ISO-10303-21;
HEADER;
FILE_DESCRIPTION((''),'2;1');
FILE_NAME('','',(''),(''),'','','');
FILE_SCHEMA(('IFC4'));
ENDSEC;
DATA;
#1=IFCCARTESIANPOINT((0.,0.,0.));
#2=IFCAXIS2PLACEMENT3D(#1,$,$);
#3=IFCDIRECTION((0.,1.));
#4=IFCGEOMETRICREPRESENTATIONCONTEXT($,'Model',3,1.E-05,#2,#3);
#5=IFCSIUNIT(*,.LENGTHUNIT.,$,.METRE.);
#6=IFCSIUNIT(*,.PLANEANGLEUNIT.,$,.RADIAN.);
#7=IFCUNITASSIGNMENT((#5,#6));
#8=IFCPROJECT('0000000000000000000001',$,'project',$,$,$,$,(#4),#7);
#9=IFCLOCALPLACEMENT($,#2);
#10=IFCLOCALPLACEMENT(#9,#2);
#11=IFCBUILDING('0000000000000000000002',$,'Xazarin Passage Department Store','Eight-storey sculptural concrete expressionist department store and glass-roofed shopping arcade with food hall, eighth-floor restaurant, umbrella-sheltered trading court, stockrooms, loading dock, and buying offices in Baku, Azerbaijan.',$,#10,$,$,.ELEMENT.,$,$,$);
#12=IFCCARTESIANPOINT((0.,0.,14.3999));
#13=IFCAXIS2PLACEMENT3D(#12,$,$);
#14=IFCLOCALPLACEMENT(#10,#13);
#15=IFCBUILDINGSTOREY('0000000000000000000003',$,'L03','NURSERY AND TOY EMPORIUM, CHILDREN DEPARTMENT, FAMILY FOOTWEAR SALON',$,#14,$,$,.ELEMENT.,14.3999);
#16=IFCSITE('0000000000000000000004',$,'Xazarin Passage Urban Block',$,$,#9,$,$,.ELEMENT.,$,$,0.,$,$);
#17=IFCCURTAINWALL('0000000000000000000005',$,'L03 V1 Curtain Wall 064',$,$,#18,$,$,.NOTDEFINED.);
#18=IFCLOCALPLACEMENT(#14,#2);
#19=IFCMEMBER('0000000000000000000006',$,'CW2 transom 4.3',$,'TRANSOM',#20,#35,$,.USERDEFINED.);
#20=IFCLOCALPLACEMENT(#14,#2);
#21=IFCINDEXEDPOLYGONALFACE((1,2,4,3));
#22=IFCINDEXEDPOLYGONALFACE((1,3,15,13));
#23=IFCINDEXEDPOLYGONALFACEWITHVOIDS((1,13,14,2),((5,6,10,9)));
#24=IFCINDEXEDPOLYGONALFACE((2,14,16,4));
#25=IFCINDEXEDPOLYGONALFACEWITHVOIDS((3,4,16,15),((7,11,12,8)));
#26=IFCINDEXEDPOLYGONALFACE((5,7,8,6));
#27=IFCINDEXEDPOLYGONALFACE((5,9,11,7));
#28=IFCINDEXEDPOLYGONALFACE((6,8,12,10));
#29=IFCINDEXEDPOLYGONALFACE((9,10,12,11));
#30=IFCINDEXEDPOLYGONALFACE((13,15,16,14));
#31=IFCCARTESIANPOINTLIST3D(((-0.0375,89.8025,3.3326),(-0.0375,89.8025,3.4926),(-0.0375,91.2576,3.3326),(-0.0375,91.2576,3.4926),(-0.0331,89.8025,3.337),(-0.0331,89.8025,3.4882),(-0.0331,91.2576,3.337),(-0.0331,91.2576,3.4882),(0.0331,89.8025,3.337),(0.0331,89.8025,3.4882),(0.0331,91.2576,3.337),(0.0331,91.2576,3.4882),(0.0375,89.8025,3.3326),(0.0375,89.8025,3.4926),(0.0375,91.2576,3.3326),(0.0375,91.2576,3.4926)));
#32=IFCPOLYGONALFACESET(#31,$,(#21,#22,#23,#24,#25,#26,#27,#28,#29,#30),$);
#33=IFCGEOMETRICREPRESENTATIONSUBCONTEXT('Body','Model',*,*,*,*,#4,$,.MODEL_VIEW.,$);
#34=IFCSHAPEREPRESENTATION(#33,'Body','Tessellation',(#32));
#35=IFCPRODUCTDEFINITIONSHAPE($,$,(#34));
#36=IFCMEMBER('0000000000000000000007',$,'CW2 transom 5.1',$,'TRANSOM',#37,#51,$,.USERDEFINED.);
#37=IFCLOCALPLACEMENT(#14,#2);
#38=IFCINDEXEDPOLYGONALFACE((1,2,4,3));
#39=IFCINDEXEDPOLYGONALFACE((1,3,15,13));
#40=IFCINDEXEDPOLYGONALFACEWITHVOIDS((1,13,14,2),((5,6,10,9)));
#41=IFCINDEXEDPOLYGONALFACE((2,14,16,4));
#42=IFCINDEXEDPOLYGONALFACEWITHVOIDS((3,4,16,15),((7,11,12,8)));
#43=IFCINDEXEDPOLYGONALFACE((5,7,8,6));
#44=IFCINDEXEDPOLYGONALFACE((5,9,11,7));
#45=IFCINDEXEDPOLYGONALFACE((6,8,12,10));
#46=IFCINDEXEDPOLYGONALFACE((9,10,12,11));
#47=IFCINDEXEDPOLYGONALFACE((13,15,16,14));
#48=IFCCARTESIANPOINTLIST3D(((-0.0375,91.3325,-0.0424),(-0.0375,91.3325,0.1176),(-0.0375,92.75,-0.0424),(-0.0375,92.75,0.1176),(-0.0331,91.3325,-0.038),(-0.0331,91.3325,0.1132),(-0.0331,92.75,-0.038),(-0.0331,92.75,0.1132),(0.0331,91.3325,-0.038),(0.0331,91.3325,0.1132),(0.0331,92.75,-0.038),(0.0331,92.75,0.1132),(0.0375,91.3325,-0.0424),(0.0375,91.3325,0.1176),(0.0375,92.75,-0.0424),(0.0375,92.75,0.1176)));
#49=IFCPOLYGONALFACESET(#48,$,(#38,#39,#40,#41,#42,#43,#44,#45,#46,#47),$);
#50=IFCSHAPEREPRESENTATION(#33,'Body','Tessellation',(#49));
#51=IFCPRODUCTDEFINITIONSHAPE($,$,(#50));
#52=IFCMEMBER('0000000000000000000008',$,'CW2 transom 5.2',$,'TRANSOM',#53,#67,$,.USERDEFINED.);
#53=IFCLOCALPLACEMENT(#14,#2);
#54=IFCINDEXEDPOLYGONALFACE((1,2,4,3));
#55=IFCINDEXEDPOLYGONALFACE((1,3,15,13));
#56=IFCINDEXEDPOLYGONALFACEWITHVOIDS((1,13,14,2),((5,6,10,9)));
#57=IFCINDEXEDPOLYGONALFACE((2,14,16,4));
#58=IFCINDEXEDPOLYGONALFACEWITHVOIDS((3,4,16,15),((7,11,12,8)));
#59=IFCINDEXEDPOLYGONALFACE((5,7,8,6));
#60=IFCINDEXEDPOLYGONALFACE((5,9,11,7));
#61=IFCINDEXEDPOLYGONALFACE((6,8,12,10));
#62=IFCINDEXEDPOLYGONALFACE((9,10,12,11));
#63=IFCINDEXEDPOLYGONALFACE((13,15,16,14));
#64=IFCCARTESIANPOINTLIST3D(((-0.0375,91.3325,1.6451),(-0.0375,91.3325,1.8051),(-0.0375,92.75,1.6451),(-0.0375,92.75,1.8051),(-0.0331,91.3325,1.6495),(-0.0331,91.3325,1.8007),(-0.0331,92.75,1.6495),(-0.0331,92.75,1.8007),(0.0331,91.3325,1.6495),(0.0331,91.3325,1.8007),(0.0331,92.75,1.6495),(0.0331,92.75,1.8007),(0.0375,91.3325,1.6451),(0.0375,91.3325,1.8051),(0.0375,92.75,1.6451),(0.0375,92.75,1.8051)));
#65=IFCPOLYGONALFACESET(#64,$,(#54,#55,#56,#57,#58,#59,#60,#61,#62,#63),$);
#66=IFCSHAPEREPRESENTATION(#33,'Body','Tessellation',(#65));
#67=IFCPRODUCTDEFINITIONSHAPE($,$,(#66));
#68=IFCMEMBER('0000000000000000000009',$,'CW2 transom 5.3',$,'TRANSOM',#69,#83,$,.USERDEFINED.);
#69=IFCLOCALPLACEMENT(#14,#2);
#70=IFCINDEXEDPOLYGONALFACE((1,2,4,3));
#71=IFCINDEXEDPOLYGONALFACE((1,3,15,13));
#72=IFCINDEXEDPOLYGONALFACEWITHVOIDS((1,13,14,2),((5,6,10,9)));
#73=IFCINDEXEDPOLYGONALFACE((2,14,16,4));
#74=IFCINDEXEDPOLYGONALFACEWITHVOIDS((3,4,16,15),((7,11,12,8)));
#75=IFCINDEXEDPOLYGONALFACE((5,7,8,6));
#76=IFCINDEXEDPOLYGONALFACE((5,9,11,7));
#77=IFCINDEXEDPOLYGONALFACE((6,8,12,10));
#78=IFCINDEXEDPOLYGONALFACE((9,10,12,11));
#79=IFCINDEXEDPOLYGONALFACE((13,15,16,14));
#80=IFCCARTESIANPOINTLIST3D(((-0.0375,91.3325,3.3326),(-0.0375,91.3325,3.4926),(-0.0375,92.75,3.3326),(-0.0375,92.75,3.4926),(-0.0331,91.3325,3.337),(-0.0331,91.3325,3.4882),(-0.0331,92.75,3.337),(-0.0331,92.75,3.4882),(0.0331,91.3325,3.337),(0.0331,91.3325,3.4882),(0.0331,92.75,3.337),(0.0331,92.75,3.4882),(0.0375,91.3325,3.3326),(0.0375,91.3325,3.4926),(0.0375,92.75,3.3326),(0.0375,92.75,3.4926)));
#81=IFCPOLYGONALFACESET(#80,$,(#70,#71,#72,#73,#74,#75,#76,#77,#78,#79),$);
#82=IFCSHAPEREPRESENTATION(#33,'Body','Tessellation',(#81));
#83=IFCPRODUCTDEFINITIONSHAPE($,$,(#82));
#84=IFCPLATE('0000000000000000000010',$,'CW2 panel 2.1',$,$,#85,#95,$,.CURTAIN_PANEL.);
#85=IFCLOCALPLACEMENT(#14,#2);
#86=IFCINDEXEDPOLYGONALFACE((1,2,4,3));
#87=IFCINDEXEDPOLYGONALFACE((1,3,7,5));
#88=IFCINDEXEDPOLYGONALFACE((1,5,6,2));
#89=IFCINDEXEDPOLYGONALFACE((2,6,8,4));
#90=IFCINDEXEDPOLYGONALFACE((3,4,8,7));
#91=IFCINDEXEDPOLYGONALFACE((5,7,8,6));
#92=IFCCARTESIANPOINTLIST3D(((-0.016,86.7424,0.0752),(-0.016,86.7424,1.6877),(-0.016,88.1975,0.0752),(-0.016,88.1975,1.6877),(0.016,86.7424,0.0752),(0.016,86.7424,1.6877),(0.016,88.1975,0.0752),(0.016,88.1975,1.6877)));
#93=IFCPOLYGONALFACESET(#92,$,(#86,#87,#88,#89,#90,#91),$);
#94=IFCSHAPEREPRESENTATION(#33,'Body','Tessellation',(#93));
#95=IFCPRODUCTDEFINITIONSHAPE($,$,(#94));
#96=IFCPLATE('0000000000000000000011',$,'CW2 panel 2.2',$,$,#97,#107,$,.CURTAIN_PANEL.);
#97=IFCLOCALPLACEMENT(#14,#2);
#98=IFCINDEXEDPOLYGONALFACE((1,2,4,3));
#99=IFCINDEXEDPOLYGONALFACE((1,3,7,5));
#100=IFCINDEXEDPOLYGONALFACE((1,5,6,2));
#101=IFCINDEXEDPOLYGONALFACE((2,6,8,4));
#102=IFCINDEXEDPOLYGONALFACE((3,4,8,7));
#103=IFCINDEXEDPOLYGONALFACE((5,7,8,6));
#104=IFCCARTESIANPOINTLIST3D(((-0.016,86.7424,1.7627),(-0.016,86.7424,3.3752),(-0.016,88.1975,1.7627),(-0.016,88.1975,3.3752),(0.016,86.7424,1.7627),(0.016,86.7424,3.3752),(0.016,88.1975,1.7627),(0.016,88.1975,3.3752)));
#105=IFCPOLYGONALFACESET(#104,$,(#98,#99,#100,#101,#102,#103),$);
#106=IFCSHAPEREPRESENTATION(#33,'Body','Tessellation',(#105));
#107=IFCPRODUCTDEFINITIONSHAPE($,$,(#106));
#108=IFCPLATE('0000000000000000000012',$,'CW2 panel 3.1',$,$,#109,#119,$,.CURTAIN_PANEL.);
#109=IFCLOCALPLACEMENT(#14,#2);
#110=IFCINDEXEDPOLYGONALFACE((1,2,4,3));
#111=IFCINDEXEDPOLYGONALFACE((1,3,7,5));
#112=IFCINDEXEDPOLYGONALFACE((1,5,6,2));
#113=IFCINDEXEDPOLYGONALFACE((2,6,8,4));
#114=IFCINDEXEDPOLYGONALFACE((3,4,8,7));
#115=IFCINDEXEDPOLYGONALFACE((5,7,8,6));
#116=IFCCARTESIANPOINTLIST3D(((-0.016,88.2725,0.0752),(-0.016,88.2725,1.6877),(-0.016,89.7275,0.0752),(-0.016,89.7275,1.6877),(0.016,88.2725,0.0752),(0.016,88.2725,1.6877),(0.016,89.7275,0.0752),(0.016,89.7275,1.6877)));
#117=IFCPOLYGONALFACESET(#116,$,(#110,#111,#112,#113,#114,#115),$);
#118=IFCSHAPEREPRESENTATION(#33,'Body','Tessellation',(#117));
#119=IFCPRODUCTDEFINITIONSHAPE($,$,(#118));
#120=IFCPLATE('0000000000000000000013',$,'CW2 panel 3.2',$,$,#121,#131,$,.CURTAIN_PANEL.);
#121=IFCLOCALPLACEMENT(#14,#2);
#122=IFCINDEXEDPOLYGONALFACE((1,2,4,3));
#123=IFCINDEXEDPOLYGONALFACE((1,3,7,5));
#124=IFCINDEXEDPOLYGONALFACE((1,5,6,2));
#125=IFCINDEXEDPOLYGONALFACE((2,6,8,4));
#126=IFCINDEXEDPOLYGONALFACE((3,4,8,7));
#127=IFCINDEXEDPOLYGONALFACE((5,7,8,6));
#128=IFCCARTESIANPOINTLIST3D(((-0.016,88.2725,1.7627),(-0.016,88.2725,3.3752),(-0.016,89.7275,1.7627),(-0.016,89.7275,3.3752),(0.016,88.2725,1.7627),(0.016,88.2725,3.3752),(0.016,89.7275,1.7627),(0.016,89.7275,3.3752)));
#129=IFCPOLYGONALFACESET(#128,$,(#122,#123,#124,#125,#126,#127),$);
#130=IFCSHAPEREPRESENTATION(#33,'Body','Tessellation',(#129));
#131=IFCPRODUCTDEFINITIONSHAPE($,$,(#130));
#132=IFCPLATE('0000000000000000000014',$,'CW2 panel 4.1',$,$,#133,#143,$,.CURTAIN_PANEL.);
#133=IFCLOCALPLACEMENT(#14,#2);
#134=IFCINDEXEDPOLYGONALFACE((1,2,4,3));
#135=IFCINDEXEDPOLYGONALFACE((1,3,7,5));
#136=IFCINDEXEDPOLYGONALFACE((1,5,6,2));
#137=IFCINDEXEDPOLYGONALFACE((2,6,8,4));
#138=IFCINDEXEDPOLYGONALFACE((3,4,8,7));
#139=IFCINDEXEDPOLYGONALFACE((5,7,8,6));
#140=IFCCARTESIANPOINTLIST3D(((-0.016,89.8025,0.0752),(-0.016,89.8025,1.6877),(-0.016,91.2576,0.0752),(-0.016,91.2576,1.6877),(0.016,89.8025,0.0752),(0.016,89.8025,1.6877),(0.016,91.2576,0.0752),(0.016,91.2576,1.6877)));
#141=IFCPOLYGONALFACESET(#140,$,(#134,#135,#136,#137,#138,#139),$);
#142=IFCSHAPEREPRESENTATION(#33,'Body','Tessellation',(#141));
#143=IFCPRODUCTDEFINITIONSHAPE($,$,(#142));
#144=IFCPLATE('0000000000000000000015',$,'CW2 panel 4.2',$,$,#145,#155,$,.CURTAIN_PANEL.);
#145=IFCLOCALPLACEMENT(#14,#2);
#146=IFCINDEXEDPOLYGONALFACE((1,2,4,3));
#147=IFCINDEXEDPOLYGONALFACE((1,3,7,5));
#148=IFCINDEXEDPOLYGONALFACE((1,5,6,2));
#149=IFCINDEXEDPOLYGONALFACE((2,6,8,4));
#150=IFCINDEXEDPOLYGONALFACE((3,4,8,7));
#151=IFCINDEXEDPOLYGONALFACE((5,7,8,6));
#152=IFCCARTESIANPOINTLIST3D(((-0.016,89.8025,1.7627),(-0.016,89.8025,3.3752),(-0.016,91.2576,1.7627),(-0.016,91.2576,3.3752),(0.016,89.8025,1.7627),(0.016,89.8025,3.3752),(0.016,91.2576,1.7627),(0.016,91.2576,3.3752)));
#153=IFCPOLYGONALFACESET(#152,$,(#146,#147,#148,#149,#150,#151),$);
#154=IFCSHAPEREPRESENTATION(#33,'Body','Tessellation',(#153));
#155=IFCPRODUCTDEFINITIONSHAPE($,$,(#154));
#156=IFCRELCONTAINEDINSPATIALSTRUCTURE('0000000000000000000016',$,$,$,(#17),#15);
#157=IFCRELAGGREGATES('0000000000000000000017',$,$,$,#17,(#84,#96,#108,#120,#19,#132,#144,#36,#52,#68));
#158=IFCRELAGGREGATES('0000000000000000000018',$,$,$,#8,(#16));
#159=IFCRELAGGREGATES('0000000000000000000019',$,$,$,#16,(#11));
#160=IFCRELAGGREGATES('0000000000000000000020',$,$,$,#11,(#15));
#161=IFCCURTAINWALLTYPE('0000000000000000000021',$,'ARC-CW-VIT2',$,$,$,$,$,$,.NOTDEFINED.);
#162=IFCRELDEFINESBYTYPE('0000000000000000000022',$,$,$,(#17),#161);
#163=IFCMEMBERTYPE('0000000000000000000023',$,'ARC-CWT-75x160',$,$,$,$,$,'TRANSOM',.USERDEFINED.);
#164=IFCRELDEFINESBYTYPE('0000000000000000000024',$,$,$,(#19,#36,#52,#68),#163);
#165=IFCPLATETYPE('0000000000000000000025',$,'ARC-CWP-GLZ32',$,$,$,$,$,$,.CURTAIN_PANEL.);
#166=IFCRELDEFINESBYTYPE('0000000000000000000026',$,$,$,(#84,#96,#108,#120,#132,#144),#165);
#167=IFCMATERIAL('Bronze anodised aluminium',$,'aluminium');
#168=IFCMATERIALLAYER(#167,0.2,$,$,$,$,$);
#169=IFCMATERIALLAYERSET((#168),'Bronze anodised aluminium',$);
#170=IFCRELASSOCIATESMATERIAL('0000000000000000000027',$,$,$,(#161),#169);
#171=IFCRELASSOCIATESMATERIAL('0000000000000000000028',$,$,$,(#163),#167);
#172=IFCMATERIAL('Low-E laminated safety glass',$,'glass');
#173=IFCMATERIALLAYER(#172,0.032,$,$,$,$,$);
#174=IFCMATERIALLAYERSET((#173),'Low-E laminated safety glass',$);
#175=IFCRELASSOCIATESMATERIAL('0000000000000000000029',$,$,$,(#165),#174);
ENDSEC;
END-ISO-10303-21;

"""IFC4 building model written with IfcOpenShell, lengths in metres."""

from ifc_helpers import new_model, si_unit, direction, frame, origin, origin_2d, place, context, subcontext, project, spatial, rectangle, hollow_rectangle, extrude, material, layer, layer_set, material_profile, profile_set, type_object, element, aggregate, save


model = new_model("IFC4")

# Units and contexts
model_context = context("Model", 3, precision=1e-05, world=origin(), true_north=direction((0.0, 1.0)))
body_context = subcontext(model_context, "Body", "Model", "MODEL_VIEW")
ifc_project = project(units=[si_unit("LENGTHUNIT", "METRE"), si_unit("PLANEANGLEUNIT", "RADIAN")], contexts=[model_context])

# Site, building, storey
site_placement = place(None, origin())
site = spatial("IfcSite", under=ifc_project, at=site_placement, Name="Xazarin Passage Urban Block", CompositionType="ELEMENT", RefElevation=0.0)
building_placement = place(site_placement, origin())
building = spatial("IfcBuilding", under=site, at=building_placement, Name="Xazarin Passage Department Store", Description="Eight-storey sculptural concrete expressionist department store and glass-roofed shopping arcade with food hall, eighth-floor restaurant, umbrella-sheltered trading court, stockrooms, loading dock, and buying offices in Baku, Azerbaijan.", CompositionType="ELEMENT")
storey_placement = place(building_placement, frame((0.0, 0.0, 14.3999)))
storey = spatial("IfcBuildingStorey", under=building, at=storey_placement, Name="L03", Description="NURSERY AND TOY EMPORIUM, CHILDREN DEPARTMENT, FAMILY FOOTWEAR SALON", CompositionType="ELEMENT", Elevation=14.3999)

# Curtain wall, members, plates
ifc_material_1 = material(Name="Bronze anodised aluminium", Category="aluminium")
ifc_layer_1 = layer(ifc_material_1, 0.2)
ifc_layer_set_1 = layer_set([ifc_layer_1], Name="Bronze anodised aluminium")
curtain_wall_type = type_object("IfcCurtainWallType", Name="ARC-CW-VIT2", PredefinedType="NOTDEFINED", material=ifc_layer_set_1)
curtain_wall_placement = place(storey_placement, origin())
curtain_wall = element("IfcCurtainWall", 1, at=curtain_wall_placement, inside=storey, type_object=curtain_wall_type, Name="L03 V1 Curtain Wall 064", PredefinedType="NOTDEFINED")
ifc_material_profile_1 = material_profile(ifc_material_1, hollow_rectangle(XDim=0.075, YDim=0.1599, WallThickness=0.0044, at=origin_2d()), Name="ALU 75x160")
ifc_profile_set_1 = profile_set([ifc_material_profile_1], Name="Bronze anodised aluminium")
member_type_1 = type_object("IfcMemberType", Name="ARC-CWT-75x160", ElementType="TRANSOM", PredefinedType="USERDEFINED", material=ifc_profile_set_1)
member_1_placement = place(storey_placement, frame((0.0, 89.8025, 3.4126), z_axis=(0.0, 1.0, 0.0), x_axis=(-1.0, 0.0, 0.0)))
member_1 = element("IfcMember", 2, at=member_1_placement, type_object=member_type_1, Name="CW2 transom 4.3", ObjectType="TRANSOM", PredefinedType="USERDEFINED", context=body_context, shape_type="SweptSolid", body=[
    extrude(hollow_rectangle(XDim=0.075, YDim=0.1599, WallThickness=0.0044, at=origin_2d()), origin(), (0.0, 0.0, 1.0), 1.4551),
])
member_2_placement = place(storey_placement, frame((0.0, 91.3325, 0.0376), z_axis=(0.0, 1.0, 0.0), x_axis=(-1.0, 0.0, 0.0)))
member_2 = element("IfcMember", 3, at=member_2_placement, type_object=member_type_1, Name="CW2 transom 5.1", ObjectType="TRANSOM", PredefinedType="USERDEFINED", context=body_context, shape_type="SweptSolid", body=[
    extrude(hollow_rectangle(XDim=0.075, YDim=0.1599, WallThickness=0.0044, at=origin_2d()), origin(), (0.0, 0.0, 1.0), 1.4175),
])
member_3_placement = place(storey_placement, frame((0.0, 91.3325, 1.7251), z_axis=(0.0, 1.0, 0.0), x_axis=(-1.0, 0.0, 0.0)))
member_3 = element("IfcMember", 4, at=member_3_placement, type_object=member_type_1, Name="CW2 transom 5.2", ObjectType="TRANSOM", PredefinedType="USERDEFINED", context=body_context, shape_type="SweptSolid", body=[
    extrude(hollow_rectangle(XDim=0.075, YDim=0.1599, WallThickness=0.0044, at=origin_2d()), origin(), (0.0, 0.0, 1.0), 1.4175),
])
member_4_placement = place(storey_placement, frame((0.0, 91.3325, 3.4126), z_axis=(0.0, 1.0, 0.0), x_axis=(-1.0, 0.0, 0.0)))
member_4 = element("IfcMember", 5, at=member_4_placement, type_object=member_type_1, Name="CW2 transom 5.3", ObjectType="TRANSOM", PredefinedType="USERDEFINED", context=body_context, shape_type="SweptSolid", body=[
    extrude(hollow_rectangle(XDim=0.075, YDim=0.1599, WallThickness=0.0044, at=origin_2d()), origin(), (0.0, 0.0, 1.0), 1.4175),
])
ifc_material_2 = material(Name="Low-E laminated safety glass", Category="glass")
ifc_layer_2 = layer(ifc_material_2, 0.032)
ifc_layer_set_2 = layer_set([ifc_layer_2], Name="Low-E laminated safety glass")
plate_type = type_object("IfcPlateType", Name="ARC-CWP-GLZ32", PredefinedType="CURTAIN_PANEL", material=ifc_layer_set_2)
plate_1_placement = place(storey_placement, frame((0.0, 87.47, 0.0752), z_axis=(0.0, 0.0, 1.0), x_axis=(0.0, 1.0, 0.0)))
plate_1 = element("IfcPlate", 6, at=plate_1_placement, type_object=plate_type, Name="CW2 panel 2.1", PredefinedType="CURTAIN_PANEL", context=body_context, shape_type="SweptSolid", body=[
    extrude(rectangle(XDim=1.4551, YDim=0.032, at=origin_2d()), origin(), (0.0, 0.0, 1.0), 1.6125),
])
plate_2_placement = place(storey_placement, frame((0.0, 87.47, 1.7627), z_axis=(0.0, 0.0, 1.0), x_axis=(0.0, 1.0, 0.0)))
plate_2 = element("IfcPlate", 7, at=plate_2_placement, type_object=plate_type, Name="CW2 panel 2.2", PredefinedType="CURTAIN_PANEL", context=body_context, shape_type="SweptSolid", body=[
    extrude(rectangle(XDim=1.4551, YDim=0.032, at=origin_2d()), origin(), (0.0, 0.0, 1.0), 1.6125),
])
plate_3_placement = place(storey_placement, frame((0.0, 89.0, 0.0752), z_axis=(0.0, 0.0, 1.0), x_axis=(0.0, 1.0, 0.0)))
plate_3 = element("IfcPlate", 8, at=plate_3_placement, type_object=plate_type, Name="CW2 panel 3.1", PredefinedType="CURTAIN_PANEL", context=body_context, shape_type="SweptSolid", body=[
    extrude(rectangle(XDim=1.4551, YDim=0.032, at=origin_2d()), origin(), (0.0, 0.0, 1.0), 1.6125),
])
plate_4_placement = place(storey_placement, frame((0.0, 89.0, 1.7627), z_axis=(0.0, 0.0, 1.0), x_axis=(0.0, 1.0, 0.0)))
plate_4 = element("IfcPlate", 9, at=plate_4_placement, type_object=plate_type, Name="CW2 panel 3.2", PredefinedType="CURTAIN_PANEL", context=body_context, shape_type="SweptSolid", body=[
    extrude(rectangle(XDim=1.4551, YDim=0.032, at=origin_2d()), origin(), (0.0, 0.0, 1.0), 1.6125),
])
plate_5_placement = place(storey_placement, frame((0.0, 90.53, 0.0752), z_axis=(0.0, 0.0, 1.0), x_axis=(0.0, 1.0, 0.0)))
plate_5 = element("IfcPlate", 10, at=plate_5_placement, type_object=plate_type, Name="CW2 panel 4.1", PredefinedType="CURTAIN_PANEL", context=body_context, shape_type="SweptSolid", body=[
    extrude(rectangle(XDim=1.4551, YDim=0.032, at=origin_2d()), origin(), (0.0, 0.0, 1.0), 1.6125),
])
plate_6_placement = place(storey_placement, frame((0.0, 90.53, 1.7627), z_axis=(0.0, 0.0, 1.0), x_axis=(0.0, 1.0, 0.0)))
plate_6 = element("IfcPlate", 11, at=plate_6_placement, type_object=plate_type, Name="CW2 panel 4.2", PredefinedType="CURTAIN_PANEL", context=body_context, shape_type="SweptSolid", body=[
    extrude(rectangle(XDim=1.4551, YDim=0.032, at=origin_2d()), origin(), (0.0, 0.0, 1.0), 1.6125),
])
aggregate(curtain_wall, [plate_1, plate_2, plate_3, plate_4, member_1, plate_5, plate_6, member_2, member_3, member_4])

save(model, "model.ifc")
